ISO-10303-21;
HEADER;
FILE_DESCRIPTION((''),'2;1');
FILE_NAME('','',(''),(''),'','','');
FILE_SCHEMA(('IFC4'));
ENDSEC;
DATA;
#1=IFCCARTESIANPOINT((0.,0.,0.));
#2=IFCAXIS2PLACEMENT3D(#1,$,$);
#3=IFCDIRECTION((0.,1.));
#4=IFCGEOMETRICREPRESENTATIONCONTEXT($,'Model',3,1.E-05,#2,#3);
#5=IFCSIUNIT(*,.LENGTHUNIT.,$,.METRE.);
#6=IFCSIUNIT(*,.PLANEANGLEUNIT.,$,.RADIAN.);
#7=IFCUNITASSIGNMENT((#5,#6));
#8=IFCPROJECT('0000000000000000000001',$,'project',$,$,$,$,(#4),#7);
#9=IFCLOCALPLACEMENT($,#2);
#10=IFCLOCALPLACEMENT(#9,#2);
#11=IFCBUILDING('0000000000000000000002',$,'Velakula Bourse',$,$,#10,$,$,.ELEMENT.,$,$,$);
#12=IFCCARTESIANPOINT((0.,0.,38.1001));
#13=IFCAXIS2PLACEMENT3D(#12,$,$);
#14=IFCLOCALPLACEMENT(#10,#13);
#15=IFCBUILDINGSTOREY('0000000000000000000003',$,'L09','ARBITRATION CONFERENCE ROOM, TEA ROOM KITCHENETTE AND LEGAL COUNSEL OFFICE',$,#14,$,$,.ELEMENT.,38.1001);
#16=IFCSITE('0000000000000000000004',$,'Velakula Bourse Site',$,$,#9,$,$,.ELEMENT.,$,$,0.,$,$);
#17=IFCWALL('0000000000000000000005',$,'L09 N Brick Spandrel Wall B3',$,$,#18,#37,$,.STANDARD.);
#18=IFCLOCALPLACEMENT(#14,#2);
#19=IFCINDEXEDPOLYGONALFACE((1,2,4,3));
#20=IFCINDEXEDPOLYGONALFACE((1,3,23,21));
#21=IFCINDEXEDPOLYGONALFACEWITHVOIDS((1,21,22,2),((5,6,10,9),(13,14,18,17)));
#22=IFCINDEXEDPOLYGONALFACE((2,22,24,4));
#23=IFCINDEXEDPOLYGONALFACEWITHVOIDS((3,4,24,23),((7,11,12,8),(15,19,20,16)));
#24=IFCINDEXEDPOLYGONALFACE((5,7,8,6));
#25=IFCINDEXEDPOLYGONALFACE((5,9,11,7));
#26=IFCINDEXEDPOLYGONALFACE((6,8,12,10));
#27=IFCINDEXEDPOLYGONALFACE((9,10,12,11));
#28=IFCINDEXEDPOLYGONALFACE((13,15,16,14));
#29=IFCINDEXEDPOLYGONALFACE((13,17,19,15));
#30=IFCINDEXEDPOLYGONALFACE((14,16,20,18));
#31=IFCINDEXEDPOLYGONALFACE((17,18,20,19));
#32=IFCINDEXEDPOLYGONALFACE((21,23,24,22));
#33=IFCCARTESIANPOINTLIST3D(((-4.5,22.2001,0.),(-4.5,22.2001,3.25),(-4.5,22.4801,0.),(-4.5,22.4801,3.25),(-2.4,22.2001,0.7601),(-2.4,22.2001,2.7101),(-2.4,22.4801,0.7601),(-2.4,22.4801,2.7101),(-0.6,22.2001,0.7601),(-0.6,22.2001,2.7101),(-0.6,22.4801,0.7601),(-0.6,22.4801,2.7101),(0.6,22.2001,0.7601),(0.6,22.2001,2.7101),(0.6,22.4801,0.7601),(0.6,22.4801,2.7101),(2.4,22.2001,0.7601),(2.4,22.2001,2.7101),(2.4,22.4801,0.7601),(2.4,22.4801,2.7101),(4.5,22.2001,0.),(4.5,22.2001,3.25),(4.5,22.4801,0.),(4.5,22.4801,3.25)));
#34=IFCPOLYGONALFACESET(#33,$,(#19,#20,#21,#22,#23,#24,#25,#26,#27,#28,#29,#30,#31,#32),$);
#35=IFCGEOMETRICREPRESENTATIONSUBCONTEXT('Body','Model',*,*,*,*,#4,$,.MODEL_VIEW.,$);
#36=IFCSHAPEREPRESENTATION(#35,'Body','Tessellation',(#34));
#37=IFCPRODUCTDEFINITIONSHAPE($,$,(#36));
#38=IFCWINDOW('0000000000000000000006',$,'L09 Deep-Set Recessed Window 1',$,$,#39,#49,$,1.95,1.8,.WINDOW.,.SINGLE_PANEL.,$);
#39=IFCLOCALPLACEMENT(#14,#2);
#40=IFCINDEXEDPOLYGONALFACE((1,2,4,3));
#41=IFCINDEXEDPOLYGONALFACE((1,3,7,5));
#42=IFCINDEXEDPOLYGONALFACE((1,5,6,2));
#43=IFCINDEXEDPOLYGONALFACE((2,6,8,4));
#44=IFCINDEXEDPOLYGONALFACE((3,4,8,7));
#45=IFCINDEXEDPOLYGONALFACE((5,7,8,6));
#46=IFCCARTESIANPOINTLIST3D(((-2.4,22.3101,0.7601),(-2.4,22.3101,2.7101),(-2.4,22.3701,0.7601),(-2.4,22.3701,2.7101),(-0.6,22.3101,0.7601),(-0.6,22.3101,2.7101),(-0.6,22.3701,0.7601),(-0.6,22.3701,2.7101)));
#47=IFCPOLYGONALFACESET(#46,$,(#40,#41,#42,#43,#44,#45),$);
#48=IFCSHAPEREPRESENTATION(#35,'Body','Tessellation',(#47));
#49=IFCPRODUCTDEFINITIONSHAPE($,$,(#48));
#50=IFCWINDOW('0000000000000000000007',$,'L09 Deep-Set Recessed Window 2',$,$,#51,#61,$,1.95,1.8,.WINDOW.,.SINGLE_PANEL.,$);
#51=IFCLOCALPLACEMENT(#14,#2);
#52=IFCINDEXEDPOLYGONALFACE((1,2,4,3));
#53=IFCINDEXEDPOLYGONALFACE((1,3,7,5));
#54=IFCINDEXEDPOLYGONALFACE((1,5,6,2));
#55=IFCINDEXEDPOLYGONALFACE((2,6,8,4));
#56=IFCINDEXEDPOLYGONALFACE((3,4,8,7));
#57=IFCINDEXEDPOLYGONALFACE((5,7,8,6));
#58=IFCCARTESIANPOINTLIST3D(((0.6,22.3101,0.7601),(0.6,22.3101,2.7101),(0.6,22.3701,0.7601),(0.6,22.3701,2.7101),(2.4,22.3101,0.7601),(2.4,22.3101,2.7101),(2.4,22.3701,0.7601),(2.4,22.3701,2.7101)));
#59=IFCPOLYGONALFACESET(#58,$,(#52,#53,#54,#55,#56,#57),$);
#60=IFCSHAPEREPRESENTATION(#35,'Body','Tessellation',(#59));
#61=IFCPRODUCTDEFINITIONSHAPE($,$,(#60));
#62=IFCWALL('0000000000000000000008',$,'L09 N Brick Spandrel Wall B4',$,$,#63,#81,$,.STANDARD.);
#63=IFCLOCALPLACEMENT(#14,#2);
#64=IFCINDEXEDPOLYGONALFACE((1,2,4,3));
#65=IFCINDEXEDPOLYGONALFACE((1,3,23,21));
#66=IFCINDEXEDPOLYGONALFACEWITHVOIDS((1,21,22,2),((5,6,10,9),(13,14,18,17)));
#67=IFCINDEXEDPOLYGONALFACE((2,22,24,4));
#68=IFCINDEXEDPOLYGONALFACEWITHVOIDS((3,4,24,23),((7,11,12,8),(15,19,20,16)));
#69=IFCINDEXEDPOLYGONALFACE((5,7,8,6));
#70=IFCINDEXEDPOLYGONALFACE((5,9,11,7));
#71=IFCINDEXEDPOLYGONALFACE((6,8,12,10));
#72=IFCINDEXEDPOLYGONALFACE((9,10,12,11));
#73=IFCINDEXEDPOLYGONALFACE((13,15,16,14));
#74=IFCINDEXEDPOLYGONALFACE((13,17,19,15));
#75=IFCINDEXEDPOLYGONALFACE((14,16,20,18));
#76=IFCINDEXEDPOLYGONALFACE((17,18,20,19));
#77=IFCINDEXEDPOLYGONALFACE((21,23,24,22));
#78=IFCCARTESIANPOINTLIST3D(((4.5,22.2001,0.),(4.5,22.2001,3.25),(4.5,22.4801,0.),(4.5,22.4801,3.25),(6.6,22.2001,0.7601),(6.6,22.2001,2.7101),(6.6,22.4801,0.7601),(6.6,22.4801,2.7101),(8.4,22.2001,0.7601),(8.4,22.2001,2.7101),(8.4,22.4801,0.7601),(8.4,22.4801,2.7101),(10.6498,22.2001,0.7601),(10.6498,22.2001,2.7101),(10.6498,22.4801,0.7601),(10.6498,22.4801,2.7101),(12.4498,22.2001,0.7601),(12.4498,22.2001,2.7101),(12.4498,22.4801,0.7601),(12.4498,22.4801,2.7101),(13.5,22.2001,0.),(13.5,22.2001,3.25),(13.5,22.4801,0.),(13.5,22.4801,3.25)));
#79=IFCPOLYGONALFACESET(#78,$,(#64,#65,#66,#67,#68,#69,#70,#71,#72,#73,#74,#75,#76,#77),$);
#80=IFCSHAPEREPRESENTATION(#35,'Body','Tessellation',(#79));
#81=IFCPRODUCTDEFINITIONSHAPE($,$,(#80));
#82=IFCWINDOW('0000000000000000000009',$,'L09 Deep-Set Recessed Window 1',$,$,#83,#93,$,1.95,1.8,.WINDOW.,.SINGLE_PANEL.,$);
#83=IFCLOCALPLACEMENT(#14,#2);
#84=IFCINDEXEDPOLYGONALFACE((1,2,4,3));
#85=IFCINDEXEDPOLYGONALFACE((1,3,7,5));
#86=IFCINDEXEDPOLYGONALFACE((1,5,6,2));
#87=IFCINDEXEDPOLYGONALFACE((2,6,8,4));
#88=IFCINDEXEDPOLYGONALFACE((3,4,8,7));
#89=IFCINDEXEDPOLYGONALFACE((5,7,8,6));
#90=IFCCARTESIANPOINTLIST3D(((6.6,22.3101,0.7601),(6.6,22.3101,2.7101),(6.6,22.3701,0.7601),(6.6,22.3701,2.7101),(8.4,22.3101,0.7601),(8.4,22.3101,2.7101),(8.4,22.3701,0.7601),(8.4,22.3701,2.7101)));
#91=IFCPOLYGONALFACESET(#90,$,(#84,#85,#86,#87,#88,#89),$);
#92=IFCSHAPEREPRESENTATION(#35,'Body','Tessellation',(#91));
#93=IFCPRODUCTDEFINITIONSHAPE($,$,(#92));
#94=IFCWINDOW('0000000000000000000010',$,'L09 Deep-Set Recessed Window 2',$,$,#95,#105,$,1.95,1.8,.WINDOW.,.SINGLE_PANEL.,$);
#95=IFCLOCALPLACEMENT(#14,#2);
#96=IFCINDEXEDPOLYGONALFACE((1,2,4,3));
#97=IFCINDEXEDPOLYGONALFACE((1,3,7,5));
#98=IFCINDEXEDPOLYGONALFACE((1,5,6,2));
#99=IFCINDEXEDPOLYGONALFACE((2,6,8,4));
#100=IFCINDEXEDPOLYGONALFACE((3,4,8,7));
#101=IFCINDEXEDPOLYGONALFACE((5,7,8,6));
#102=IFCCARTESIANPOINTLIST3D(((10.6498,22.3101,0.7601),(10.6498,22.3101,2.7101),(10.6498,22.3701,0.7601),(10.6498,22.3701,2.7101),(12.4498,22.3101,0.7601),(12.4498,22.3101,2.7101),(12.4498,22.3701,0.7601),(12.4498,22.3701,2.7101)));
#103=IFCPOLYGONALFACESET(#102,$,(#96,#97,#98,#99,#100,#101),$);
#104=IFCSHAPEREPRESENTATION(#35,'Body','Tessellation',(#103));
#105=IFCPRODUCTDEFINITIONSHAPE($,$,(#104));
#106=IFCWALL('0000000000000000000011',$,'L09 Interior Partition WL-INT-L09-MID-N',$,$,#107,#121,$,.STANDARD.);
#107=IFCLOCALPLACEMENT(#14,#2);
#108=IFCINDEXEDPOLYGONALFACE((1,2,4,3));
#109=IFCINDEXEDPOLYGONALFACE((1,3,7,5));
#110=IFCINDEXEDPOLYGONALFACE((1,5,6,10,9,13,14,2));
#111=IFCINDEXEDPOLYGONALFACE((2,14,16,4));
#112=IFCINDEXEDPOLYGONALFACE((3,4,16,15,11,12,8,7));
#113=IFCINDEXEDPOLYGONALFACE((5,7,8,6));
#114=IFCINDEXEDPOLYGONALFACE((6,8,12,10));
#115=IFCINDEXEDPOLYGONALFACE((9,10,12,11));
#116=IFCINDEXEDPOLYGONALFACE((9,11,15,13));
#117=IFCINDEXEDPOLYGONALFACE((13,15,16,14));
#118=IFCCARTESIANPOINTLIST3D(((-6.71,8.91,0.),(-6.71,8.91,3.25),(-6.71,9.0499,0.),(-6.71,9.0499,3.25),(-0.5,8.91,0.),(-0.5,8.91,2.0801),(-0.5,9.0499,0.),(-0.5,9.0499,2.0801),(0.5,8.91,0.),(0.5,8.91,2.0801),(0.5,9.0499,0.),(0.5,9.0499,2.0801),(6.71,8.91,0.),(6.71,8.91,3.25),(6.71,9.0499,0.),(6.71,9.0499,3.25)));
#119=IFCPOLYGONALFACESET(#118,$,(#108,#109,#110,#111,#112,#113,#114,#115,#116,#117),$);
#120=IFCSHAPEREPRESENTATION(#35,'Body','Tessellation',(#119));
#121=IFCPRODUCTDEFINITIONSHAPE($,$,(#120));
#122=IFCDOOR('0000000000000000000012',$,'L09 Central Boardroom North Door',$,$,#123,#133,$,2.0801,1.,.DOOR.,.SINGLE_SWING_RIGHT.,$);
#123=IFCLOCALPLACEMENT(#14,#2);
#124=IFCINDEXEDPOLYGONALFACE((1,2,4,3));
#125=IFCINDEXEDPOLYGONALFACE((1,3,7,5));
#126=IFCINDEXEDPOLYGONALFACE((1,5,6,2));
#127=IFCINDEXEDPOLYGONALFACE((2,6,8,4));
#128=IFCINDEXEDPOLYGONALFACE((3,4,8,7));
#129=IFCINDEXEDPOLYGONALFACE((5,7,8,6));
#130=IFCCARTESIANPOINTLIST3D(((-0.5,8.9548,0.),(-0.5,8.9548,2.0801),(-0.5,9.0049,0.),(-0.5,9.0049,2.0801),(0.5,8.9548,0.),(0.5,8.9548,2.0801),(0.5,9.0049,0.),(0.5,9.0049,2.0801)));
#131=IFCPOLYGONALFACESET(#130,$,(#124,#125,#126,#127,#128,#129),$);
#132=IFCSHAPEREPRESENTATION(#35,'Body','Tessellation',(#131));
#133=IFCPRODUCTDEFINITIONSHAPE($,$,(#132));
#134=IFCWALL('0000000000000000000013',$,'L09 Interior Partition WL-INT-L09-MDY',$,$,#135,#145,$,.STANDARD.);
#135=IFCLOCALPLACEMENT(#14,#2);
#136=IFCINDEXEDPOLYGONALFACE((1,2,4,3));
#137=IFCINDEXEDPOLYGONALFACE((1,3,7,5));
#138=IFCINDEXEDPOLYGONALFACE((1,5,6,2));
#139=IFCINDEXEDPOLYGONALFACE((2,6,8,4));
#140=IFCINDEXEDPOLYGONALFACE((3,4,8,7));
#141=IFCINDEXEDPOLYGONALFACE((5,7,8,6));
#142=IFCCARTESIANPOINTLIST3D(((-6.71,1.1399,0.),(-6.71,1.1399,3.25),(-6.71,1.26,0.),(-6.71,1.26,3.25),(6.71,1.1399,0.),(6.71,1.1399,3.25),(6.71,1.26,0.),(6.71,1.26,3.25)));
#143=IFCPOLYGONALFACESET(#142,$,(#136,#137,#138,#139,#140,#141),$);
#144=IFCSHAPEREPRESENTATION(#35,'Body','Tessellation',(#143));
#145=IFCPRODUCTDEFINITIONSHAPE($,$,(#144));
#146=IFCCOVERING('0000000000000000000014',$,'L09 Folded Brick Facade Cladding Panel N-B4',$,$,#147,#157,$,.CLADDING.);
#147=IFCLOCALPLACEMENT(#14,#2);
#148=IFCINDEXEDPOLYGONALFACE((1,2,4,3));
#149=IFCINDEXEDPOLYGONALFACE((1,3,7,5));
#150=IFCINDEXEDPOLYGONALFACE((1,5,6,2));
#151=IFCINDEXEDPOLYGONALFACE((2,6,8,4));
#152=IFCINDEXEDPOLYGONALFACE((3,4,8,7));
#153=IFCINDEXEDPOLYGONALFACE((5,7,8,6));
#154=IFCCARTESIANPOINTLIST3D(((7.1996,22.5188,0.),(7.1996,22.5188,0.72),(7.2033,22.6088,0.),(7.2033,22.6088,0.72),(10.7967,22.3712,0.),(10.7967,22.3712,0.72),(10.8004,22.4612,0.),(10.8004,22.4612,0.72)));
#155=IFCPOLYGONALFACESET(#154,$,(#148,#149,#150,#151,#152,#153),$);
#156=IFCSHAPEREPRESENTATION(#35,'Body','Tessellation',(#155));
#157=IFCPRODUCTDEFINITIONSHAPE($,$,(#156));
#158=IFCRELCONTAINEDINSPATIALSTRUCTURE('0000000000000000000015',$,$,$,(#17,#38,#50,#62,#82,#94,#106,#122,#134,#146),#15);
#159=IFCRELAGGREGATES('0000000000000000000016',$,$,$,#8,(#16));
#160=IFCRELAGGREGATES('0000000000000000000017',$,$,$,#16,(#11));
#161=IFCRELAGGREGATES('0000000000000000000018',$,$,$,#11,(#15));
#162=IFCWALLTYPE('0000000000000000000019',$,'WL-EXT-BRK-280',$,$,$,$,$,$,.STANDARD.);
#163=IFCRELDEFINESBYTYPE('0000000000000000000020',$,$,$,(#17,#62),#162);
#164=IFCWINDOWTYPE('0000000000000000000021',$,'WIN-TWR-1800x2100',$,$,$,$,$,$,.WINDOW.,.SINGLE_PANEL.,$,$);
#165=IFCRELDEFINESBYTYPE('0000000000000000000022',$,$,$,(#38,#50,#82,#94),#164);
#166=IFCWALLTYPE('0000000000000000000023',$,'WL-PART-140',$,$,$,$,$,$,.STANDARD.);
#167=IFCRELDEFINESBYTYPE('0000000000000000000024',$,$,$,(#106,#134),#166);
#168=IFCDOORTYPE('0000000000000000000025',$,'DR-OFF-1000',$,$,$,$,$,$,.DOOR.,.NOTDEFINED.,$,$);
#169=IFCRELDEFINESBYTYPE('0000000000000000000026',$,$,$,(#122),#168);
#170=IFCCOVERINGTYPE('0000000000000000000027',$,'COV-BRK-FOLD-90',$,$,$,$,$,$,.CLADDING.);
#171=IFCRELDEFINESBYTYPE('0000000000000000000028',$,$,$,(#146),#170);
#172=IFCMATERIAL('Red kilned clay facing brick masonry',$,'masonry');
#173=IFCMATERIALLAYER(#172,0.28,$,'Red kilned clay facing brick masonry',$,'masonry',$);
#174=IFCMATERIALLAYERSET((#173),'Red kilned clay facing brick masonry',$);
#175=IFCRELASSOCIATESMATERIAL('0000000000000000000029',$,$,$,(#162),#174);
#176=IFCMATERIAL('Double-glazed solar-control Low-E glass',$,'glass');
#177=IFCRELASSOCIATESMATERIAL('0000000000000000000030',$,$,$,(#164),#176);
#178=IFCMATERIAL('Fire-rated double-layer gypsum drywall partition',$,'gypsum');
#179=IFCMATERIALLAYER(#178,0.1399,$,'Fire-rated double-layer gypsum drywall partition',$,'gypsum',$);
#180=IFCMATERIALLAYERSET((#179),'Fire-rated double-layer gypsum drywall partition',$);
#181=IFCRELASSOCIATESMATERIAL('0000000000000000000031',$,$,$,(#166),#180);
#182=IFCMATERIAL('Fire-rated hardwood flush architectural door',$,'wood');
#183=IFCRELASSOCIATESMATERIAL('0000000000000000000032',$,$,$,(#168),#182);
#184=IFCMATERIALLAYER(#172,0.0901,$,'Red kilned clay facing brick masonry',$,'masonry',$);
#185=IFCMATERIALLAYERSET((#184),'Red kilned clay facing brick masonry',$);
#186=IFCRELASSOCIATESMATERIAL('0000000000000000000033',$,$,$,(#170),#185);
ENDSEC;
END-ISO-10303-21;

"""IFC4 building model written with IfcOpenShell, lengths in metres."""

from ifc_helpers import new_model, si_unit, direction, frame, frame_2d, origin, origin_2d, place, context, subcontext, project, spatial, rectangle, extrude, material, layer, layer_set, type_object, element, fill, save


model = new_model("IFC4")

# Units and contexts
model_context = context("Model", 3, precision=1e-05, world=origin(), true_north=direction((0.0, 1.0)))
body_context = subcontext(model_context, "Body", "Model", "MODEL_VIEW")
ifc_project = project(units=[si_unit("LENGTHUNIT", "METRE"), si_unit("PLANEANGLEUNIT", "RADIAN")], contexts=[model_context])

# Site, building, storey
site_placement = place(None, origin())
site = spatial("IfcSite", under=ifc_project, at=site_placement, Name="Velakula Bourse Site", CompositionType="ELEMENT", RefElevation=0.0)
building_placement = place(site_placement, origin())
building = spatial("IfcBuilding", under=site, at=building_placement, Name="Velakula Bourse", CompositionType="ELEMENT")
storey_placement = place(building_placement, frame((0.0, 0.0, 38.1001)))
storey = spatial("IfcBuildingStorey", under=building, at=storey_placement, Name="L09", Description="ARBITRATION CONFERENCE ROOM, TEA ROOM KITCHENETTE AND LEGAL COUNSEL OFFICE", CompositionType="ELEMENT", Elevation=38.1001)

# Shared definitions
ifc_material_1 = material(Name="Fire-rated hardwood flush architectural door", Category="wood")

# Walls, openings, windows
ifc_material_2 = material(Name="Red kilned clay facing brick masonry", Category="masonry")
ifc_layer_1 = layer(ifc_material_2, 0.28, Name="Red kilned clay facing brick masonry", Category="masonry")
ifc_layer_set_1 = layer_set([ifc_layer_1], Name="Red kilned clay facing brick masonry")
wall_type_1 = type_object("IfcWallType", Name="WL-EXT-BRK-280", PredefinedType="STANDARD", material=ifc_layer_set_1)
wall_1_placement = place(storey_placement, frame((-4.5, 22.3401, 0.0), z_axis=(0.0, 0.0, 1.0), x_axis=(1.0, 0.0, 0.0)))
wall_1 = element("IfcWall", 1, at=wall_1_placement, inside=storey, type_object=wall_type_1, Name="L09 N Brick Spandrel Wall B3", PredefinedType="STANDARD", context=body_context, shape_type="SweptSolid", body=[
    extrude(rectangle(XDim=9.0, YDim=0.28, at=frame_2d((4.5, 0.0))), origin(), (0.0, 0.0, 1.0), 3.25),
])
opening_1_placement = place(wall_1_placement, frame((2.1001, 0.0, 0.76)))
opening_1 = element("IfcOpeningElement", 2, at=opening_1_placement, cuts=wall_1, PredefinedType="OPENING", context=body_context, shape_type="SweptSolid", body=[
    extrude(rectangle(XDim=1.8, YDim=1.95, at=frame_2d((0.8999, 0.9751))), frame((0.0, 0.1499, 0.0), z_axis=(0.0, -1.0, 0.0), x_axis=(1.0, 0.0, 0.0)), (0.0, 0.0, 1.0), 0.3),
])
opening_2_placement = place(wall_1_placement, frame((5.1001, 0.0, 0.76)))
opening_2 = element("IfcOpeningElement", 3, at=opening_2_placement, cuts=wall_1, PredefinedType="OPENING", context=body_context, shape_type="SweptSolid", body=[
    extrude(rectangle(XDim=1.8, YDim=1.95, at=frame_2d((0.8999, 0.9751))), frame((0.0, 0.1499, 0.0), z_axis=(0.0, -1.0, 0.0), x_axis=(1.0, 0.0, 0.0)), (0.0, 0.0, 1.0), 0.3),
])
ifc_material_3 = material(Name="Double-glazed solar-control Low-E glass", Category="glass")
window_type = type_object("IfcWindowType", Name="WIN-TWR-1800x2100", PartitioningType="SINGLE_PANEL", PredefinedType="WINDOW", material=ifc_material_3)
window_1_placement = place(opening_1_placement, origin())
window_1 = element("IfcWindow", 4, at=window_1_placement, inside=storey, type_object=window_type, Name="L09 Deep-Set Recessed Window 1", OverallHeight=1.95, OverallWidth=1.8, PartitioningType="SINGLE_PANEL", PredefinedType="WINDOW", context=body_context, shape_type="SweptSolid", body=[
    extrude(rectangle(XDim=1.8, YDim=1.95, at=frame_2d((0.8999, 0.9751))), frame((0.0, 0.03, 0.0), z_axis=(0.0, -1.0, 0.0), x_axis=(1.0, 0.0, 0.0)), (0.0, 0.0, 1.0), 0.0601),
])
fill(opening_1, window_1)
window_2_placement = place(opening_2_placement, origin())
window_2 = element("IfcWindow", 5, at=window_2_placement, inside=storey, type_object=window_type, Name="L09 Deep-Set Recessed Window 2", OverallHeight=1.95, OverallWidth=1.8, PartitioningType="SINGLE_PANEL", PredefinedType="WINDOW", context=body_context, shape_type="SweptSolid", body=[
    extrude(rectangle(XDim=1.8, YDim=1.95, at=frame_2d((0.8999, 0.9751))), frame((0.0, 0.03, 0.0), z_axis=(0.0, -1.0, 0.0), x_axis=(1.0, 0.0, 0.0)), (0.0, 0.0, 1.0), 0.0601),
])
fill(opening_2, window_2)
wall_2_placement = place(storey_placement, frame((4.5, 22.3401, 0.0), z_axis=(0.0, 0.0, 1.0), x_axis=(1.0, 0.0, 0.0)))
wall_2 = element("IfcWall", 6, at=wall_2_placement, inside=storey, type_object=wall_type_1, Name="L09 N Brick Spandrel Wall B4", PredefinedType="STANDARD", context=body_context, shape_type="SweptSolid", body=[
    extrude(rectangle(XDim=9.0, YDim=0.28, at=frame_2d((4.5, 0.0))), origin(), (0.0, 0.0, 1.0), 3.25),
])
opening_3_placement = place(wall_2_placement, frame((2.1001, 0.0, 0.76)))
opening_3 = element("IfcOpeningElement", 7, at=opening_3_placement, cuts=wall_2, PredefinedType="OPENING", context=body_context, shape_type="SweptSolid", body=[
    extrude(rectangle(XDim=1.8, YDim=1.95, at=frame_2d((0.8999, 0.9751))), frame((0.0, 0.1499, 0.0), z_axis=(0.0, -1.0, 0.0), x_axis=(1.0, 0.0, 0.0)), (0.0, 0.0, 1.0), 0.3),
])
opening_4_placement = place(wall_2_placement, frame((6.1499, 0.0, 0.76)))
opening_4 = element("IfcOpeningElement", 8, at=opening_4_placement, cuts=wall_2, PredefinedType="OPENING", context=body_context, shape_type="SweptSolid", body=[
    extrude(rectangle(XDim=1.8, YDim=1.95, at=frame_2d((0.8999, 0.9751))), frame((0.0, 0.1499, 0.0), z_axis=(0.0, -1.0, 0.0), x_axis=(1.0, 0.0, 0.0)), (0.0, 0.0, 1.0), 0.3),
])
window_3_placement = place(opening_3_placement, origin())
window_3 = element("IfcWindow", 9, at=window_3_placement, inside=storey, type_object=window_type, Name="L09 Deep-Set Recessed Window 1", OverallHeight=1.95, OverallWidth=1.8, PartitioningType="SINGLE_PANEL", PredefinedType="WINDOW", context=body_context, shape_type="SweptSolid", body=[
    extrude(rectangle(XDim=1.8, YDim=1.95, at=frame_2d((0.8999, 0.9751))), frame((0.0, 0.03, 0.0), z_axis=(0.0, -1.0, 0.0), x_axis=(1.0, 0.0, 0.0)), (0.0, 0.0, 1.0), 0.0601),
])
fill(opening_3, window_3)
window_4_placement = place(opening_4_placement, origin())
window_4 = element("IfcWindow", 10, at=window_4_placement, inside=storey, type_object=window_type, Name="L09 Deep-Set Recessed Window 2", OverallHeight=1.95, OverallWidth=1.8, PartitioningType="SINGLE_PANEL", PredefinedType="WINDOW", context=body_context, shape_type="SweptSolid", body=[
    extrude(rectangle(XDim=1.8, YDim=1.95, at=frame_2d((0.8999, 0.9751))), frame((0.0, 0.03, 0.0), z_axis=(0.0, -1.0, 0.0), x_axis=(1.0, 0.0, 0.0)), (0.0, 0.0, 1.0), 0.0601),
])
fill(opening_4, window_4)

# Wall, opening, door
ifc_material_4 = material(Name="Fire-rated double-layer gypsum drywall partition", Category="gypsum")
ifc_layer_2 = layer(ifc_material_4, 0.1399, Name="Fire-rated double-layer gypsum drywall partition", Category="gypsum")
ifc_layer_set_2 = layer_set([ifc_layer_2], Name="Fire-rated double-layer gypsum drywall partition")
wall_type_2 = type_object("IfcWallType", Name="WL-PART-140", PredefinedType="STANDARD", material=ifc_layer_set_2)
wall_3_placement = place(storey_placement, frame((-6.71, 8.98, 0.0), z_axis=(0.0, 0.0, 1.0), x_axis=(1.0, 0.0, 0.0)))
wall_3 = element("IfcWall", 11, at=wall_3_placement, inside=storey, type_object=wall_type_2, Name="L09 Interior Partition WL-INT-L09-MID-N", PredefinedType="STANDARD", context=body_context, shape_type="SweptSolid", body=[
    extrude(rectangle(XDim=13.4199, YDim=0.1399, at=frame_2d((6.71, 0.0))), origin(), (0.0, 0.0, 1.0), 3.25),
])
opening_5_placement = place(wall_3_placement, frame((6.21, 0.0, 0.0)))
opening_5 = element("IfcOpeningElement", 12, at=opening_5_placement, cuts=wall_3, PredefinedType="OPENING", context=body_context, shape_type="SweptSolid", body=[
    extrude(rectangle(XDim=1.0, YDim=2.0801, at=frame_2d((0.5, 1.04))), frame((0.0, 0.0798, 0.0), z_axis=(0.0, -1.0, 0.0), x_axis=(1.0, 0.0, 0.0)), (0.0, 0.0, 1.0), 0.1599),
])
door_type_1 = type_object("IfcDoorType", Name="DR-OFF-1000", OperationType="NOTDEFINED", PredefinedType="DOOR", material=ifc_material_1)
door_1_placement = place(opening_5_placement, origin())
door_1 = element("IfcDoor", 13, at=door_1_placement, inside=storey, type_object=door_type_1, Name="L09 Central Boardroom North Door", OperationType="SINGLE_SWING_RIGHT", OverallHeight=2.0801, OverallWidth=1.0, PredefinedType="DOOR", context=body_context, shape_type="SweptSolid", body=[
    extrude(rectangle(XDim=1.0, YDim=2.0801, at=frame_2d((0.5, 1.04))), frame((0.0, 0.0249, 0.0), z_axis=(0.0, -1.0, 0.0), x_axis=(1.0, 0.0, 0.0)), (0.0, 0.0, 1.0), 0.05),
])
fill(opening_5, door_1)

# Wall
wall_4_placement = place(storey_placement, frame((-6.71, 1.2, 0.0), z_axis=(0.0, 0.0, 1.0), x_axis=(1.0, 0.0, 0.0)))
element("IfcWall", 14, at=wall_4_placement, inside=storey, type_object=wall_type_2, Name="L09 Interior Partition WL-INT-L09-MDY", PredefinedType="STANDARD", context=body_context, shape_type="SweptSolid", body=[
    extrude(rectangle(XDim=13.4199, YDim=0.1201, at=frame_2d((6.71, 0.0))), origin(), (0.0, 0.0, 1.0), 3.25),
])

# Covering
ifc_layer_3 = layer(ifc_material_2, 0.0901, Name="Red kilned clay facing brick masonry", Category="masonry")
ifc_layer_set_3 = layer_set([ifc_layer_3], Name="Red kilned clay facing brick masonry")
covering_type = type_object("IfcCoveringType", Name="COV-BRK-FOLD-90", PredefinedType="CLADDING", material=ifc_layer_set_3)
covering_placement = place(storey_placement, frame((9.0, 22.49, 0.0), z_axis=(0.0, 0.0, 1.0), x_axis=(0.999159, -0.041004, 0.0)))
element("IfcCovering", 15, at=covering_placement, inside=storey, type_object=covering_type, Name="L09 Folded Brick Facade Cladding Panel N-B4", PredefinedType="CLADDING", context=body_context, shape_type="SweptSolid", body=[
    extrude(rectangle(XDim=3.6001, YDim=0.0901, at=origin_2d()), origin(), (0.0, 0.0, 1.0), 0.72),
])

save(model, "model.ifc")
